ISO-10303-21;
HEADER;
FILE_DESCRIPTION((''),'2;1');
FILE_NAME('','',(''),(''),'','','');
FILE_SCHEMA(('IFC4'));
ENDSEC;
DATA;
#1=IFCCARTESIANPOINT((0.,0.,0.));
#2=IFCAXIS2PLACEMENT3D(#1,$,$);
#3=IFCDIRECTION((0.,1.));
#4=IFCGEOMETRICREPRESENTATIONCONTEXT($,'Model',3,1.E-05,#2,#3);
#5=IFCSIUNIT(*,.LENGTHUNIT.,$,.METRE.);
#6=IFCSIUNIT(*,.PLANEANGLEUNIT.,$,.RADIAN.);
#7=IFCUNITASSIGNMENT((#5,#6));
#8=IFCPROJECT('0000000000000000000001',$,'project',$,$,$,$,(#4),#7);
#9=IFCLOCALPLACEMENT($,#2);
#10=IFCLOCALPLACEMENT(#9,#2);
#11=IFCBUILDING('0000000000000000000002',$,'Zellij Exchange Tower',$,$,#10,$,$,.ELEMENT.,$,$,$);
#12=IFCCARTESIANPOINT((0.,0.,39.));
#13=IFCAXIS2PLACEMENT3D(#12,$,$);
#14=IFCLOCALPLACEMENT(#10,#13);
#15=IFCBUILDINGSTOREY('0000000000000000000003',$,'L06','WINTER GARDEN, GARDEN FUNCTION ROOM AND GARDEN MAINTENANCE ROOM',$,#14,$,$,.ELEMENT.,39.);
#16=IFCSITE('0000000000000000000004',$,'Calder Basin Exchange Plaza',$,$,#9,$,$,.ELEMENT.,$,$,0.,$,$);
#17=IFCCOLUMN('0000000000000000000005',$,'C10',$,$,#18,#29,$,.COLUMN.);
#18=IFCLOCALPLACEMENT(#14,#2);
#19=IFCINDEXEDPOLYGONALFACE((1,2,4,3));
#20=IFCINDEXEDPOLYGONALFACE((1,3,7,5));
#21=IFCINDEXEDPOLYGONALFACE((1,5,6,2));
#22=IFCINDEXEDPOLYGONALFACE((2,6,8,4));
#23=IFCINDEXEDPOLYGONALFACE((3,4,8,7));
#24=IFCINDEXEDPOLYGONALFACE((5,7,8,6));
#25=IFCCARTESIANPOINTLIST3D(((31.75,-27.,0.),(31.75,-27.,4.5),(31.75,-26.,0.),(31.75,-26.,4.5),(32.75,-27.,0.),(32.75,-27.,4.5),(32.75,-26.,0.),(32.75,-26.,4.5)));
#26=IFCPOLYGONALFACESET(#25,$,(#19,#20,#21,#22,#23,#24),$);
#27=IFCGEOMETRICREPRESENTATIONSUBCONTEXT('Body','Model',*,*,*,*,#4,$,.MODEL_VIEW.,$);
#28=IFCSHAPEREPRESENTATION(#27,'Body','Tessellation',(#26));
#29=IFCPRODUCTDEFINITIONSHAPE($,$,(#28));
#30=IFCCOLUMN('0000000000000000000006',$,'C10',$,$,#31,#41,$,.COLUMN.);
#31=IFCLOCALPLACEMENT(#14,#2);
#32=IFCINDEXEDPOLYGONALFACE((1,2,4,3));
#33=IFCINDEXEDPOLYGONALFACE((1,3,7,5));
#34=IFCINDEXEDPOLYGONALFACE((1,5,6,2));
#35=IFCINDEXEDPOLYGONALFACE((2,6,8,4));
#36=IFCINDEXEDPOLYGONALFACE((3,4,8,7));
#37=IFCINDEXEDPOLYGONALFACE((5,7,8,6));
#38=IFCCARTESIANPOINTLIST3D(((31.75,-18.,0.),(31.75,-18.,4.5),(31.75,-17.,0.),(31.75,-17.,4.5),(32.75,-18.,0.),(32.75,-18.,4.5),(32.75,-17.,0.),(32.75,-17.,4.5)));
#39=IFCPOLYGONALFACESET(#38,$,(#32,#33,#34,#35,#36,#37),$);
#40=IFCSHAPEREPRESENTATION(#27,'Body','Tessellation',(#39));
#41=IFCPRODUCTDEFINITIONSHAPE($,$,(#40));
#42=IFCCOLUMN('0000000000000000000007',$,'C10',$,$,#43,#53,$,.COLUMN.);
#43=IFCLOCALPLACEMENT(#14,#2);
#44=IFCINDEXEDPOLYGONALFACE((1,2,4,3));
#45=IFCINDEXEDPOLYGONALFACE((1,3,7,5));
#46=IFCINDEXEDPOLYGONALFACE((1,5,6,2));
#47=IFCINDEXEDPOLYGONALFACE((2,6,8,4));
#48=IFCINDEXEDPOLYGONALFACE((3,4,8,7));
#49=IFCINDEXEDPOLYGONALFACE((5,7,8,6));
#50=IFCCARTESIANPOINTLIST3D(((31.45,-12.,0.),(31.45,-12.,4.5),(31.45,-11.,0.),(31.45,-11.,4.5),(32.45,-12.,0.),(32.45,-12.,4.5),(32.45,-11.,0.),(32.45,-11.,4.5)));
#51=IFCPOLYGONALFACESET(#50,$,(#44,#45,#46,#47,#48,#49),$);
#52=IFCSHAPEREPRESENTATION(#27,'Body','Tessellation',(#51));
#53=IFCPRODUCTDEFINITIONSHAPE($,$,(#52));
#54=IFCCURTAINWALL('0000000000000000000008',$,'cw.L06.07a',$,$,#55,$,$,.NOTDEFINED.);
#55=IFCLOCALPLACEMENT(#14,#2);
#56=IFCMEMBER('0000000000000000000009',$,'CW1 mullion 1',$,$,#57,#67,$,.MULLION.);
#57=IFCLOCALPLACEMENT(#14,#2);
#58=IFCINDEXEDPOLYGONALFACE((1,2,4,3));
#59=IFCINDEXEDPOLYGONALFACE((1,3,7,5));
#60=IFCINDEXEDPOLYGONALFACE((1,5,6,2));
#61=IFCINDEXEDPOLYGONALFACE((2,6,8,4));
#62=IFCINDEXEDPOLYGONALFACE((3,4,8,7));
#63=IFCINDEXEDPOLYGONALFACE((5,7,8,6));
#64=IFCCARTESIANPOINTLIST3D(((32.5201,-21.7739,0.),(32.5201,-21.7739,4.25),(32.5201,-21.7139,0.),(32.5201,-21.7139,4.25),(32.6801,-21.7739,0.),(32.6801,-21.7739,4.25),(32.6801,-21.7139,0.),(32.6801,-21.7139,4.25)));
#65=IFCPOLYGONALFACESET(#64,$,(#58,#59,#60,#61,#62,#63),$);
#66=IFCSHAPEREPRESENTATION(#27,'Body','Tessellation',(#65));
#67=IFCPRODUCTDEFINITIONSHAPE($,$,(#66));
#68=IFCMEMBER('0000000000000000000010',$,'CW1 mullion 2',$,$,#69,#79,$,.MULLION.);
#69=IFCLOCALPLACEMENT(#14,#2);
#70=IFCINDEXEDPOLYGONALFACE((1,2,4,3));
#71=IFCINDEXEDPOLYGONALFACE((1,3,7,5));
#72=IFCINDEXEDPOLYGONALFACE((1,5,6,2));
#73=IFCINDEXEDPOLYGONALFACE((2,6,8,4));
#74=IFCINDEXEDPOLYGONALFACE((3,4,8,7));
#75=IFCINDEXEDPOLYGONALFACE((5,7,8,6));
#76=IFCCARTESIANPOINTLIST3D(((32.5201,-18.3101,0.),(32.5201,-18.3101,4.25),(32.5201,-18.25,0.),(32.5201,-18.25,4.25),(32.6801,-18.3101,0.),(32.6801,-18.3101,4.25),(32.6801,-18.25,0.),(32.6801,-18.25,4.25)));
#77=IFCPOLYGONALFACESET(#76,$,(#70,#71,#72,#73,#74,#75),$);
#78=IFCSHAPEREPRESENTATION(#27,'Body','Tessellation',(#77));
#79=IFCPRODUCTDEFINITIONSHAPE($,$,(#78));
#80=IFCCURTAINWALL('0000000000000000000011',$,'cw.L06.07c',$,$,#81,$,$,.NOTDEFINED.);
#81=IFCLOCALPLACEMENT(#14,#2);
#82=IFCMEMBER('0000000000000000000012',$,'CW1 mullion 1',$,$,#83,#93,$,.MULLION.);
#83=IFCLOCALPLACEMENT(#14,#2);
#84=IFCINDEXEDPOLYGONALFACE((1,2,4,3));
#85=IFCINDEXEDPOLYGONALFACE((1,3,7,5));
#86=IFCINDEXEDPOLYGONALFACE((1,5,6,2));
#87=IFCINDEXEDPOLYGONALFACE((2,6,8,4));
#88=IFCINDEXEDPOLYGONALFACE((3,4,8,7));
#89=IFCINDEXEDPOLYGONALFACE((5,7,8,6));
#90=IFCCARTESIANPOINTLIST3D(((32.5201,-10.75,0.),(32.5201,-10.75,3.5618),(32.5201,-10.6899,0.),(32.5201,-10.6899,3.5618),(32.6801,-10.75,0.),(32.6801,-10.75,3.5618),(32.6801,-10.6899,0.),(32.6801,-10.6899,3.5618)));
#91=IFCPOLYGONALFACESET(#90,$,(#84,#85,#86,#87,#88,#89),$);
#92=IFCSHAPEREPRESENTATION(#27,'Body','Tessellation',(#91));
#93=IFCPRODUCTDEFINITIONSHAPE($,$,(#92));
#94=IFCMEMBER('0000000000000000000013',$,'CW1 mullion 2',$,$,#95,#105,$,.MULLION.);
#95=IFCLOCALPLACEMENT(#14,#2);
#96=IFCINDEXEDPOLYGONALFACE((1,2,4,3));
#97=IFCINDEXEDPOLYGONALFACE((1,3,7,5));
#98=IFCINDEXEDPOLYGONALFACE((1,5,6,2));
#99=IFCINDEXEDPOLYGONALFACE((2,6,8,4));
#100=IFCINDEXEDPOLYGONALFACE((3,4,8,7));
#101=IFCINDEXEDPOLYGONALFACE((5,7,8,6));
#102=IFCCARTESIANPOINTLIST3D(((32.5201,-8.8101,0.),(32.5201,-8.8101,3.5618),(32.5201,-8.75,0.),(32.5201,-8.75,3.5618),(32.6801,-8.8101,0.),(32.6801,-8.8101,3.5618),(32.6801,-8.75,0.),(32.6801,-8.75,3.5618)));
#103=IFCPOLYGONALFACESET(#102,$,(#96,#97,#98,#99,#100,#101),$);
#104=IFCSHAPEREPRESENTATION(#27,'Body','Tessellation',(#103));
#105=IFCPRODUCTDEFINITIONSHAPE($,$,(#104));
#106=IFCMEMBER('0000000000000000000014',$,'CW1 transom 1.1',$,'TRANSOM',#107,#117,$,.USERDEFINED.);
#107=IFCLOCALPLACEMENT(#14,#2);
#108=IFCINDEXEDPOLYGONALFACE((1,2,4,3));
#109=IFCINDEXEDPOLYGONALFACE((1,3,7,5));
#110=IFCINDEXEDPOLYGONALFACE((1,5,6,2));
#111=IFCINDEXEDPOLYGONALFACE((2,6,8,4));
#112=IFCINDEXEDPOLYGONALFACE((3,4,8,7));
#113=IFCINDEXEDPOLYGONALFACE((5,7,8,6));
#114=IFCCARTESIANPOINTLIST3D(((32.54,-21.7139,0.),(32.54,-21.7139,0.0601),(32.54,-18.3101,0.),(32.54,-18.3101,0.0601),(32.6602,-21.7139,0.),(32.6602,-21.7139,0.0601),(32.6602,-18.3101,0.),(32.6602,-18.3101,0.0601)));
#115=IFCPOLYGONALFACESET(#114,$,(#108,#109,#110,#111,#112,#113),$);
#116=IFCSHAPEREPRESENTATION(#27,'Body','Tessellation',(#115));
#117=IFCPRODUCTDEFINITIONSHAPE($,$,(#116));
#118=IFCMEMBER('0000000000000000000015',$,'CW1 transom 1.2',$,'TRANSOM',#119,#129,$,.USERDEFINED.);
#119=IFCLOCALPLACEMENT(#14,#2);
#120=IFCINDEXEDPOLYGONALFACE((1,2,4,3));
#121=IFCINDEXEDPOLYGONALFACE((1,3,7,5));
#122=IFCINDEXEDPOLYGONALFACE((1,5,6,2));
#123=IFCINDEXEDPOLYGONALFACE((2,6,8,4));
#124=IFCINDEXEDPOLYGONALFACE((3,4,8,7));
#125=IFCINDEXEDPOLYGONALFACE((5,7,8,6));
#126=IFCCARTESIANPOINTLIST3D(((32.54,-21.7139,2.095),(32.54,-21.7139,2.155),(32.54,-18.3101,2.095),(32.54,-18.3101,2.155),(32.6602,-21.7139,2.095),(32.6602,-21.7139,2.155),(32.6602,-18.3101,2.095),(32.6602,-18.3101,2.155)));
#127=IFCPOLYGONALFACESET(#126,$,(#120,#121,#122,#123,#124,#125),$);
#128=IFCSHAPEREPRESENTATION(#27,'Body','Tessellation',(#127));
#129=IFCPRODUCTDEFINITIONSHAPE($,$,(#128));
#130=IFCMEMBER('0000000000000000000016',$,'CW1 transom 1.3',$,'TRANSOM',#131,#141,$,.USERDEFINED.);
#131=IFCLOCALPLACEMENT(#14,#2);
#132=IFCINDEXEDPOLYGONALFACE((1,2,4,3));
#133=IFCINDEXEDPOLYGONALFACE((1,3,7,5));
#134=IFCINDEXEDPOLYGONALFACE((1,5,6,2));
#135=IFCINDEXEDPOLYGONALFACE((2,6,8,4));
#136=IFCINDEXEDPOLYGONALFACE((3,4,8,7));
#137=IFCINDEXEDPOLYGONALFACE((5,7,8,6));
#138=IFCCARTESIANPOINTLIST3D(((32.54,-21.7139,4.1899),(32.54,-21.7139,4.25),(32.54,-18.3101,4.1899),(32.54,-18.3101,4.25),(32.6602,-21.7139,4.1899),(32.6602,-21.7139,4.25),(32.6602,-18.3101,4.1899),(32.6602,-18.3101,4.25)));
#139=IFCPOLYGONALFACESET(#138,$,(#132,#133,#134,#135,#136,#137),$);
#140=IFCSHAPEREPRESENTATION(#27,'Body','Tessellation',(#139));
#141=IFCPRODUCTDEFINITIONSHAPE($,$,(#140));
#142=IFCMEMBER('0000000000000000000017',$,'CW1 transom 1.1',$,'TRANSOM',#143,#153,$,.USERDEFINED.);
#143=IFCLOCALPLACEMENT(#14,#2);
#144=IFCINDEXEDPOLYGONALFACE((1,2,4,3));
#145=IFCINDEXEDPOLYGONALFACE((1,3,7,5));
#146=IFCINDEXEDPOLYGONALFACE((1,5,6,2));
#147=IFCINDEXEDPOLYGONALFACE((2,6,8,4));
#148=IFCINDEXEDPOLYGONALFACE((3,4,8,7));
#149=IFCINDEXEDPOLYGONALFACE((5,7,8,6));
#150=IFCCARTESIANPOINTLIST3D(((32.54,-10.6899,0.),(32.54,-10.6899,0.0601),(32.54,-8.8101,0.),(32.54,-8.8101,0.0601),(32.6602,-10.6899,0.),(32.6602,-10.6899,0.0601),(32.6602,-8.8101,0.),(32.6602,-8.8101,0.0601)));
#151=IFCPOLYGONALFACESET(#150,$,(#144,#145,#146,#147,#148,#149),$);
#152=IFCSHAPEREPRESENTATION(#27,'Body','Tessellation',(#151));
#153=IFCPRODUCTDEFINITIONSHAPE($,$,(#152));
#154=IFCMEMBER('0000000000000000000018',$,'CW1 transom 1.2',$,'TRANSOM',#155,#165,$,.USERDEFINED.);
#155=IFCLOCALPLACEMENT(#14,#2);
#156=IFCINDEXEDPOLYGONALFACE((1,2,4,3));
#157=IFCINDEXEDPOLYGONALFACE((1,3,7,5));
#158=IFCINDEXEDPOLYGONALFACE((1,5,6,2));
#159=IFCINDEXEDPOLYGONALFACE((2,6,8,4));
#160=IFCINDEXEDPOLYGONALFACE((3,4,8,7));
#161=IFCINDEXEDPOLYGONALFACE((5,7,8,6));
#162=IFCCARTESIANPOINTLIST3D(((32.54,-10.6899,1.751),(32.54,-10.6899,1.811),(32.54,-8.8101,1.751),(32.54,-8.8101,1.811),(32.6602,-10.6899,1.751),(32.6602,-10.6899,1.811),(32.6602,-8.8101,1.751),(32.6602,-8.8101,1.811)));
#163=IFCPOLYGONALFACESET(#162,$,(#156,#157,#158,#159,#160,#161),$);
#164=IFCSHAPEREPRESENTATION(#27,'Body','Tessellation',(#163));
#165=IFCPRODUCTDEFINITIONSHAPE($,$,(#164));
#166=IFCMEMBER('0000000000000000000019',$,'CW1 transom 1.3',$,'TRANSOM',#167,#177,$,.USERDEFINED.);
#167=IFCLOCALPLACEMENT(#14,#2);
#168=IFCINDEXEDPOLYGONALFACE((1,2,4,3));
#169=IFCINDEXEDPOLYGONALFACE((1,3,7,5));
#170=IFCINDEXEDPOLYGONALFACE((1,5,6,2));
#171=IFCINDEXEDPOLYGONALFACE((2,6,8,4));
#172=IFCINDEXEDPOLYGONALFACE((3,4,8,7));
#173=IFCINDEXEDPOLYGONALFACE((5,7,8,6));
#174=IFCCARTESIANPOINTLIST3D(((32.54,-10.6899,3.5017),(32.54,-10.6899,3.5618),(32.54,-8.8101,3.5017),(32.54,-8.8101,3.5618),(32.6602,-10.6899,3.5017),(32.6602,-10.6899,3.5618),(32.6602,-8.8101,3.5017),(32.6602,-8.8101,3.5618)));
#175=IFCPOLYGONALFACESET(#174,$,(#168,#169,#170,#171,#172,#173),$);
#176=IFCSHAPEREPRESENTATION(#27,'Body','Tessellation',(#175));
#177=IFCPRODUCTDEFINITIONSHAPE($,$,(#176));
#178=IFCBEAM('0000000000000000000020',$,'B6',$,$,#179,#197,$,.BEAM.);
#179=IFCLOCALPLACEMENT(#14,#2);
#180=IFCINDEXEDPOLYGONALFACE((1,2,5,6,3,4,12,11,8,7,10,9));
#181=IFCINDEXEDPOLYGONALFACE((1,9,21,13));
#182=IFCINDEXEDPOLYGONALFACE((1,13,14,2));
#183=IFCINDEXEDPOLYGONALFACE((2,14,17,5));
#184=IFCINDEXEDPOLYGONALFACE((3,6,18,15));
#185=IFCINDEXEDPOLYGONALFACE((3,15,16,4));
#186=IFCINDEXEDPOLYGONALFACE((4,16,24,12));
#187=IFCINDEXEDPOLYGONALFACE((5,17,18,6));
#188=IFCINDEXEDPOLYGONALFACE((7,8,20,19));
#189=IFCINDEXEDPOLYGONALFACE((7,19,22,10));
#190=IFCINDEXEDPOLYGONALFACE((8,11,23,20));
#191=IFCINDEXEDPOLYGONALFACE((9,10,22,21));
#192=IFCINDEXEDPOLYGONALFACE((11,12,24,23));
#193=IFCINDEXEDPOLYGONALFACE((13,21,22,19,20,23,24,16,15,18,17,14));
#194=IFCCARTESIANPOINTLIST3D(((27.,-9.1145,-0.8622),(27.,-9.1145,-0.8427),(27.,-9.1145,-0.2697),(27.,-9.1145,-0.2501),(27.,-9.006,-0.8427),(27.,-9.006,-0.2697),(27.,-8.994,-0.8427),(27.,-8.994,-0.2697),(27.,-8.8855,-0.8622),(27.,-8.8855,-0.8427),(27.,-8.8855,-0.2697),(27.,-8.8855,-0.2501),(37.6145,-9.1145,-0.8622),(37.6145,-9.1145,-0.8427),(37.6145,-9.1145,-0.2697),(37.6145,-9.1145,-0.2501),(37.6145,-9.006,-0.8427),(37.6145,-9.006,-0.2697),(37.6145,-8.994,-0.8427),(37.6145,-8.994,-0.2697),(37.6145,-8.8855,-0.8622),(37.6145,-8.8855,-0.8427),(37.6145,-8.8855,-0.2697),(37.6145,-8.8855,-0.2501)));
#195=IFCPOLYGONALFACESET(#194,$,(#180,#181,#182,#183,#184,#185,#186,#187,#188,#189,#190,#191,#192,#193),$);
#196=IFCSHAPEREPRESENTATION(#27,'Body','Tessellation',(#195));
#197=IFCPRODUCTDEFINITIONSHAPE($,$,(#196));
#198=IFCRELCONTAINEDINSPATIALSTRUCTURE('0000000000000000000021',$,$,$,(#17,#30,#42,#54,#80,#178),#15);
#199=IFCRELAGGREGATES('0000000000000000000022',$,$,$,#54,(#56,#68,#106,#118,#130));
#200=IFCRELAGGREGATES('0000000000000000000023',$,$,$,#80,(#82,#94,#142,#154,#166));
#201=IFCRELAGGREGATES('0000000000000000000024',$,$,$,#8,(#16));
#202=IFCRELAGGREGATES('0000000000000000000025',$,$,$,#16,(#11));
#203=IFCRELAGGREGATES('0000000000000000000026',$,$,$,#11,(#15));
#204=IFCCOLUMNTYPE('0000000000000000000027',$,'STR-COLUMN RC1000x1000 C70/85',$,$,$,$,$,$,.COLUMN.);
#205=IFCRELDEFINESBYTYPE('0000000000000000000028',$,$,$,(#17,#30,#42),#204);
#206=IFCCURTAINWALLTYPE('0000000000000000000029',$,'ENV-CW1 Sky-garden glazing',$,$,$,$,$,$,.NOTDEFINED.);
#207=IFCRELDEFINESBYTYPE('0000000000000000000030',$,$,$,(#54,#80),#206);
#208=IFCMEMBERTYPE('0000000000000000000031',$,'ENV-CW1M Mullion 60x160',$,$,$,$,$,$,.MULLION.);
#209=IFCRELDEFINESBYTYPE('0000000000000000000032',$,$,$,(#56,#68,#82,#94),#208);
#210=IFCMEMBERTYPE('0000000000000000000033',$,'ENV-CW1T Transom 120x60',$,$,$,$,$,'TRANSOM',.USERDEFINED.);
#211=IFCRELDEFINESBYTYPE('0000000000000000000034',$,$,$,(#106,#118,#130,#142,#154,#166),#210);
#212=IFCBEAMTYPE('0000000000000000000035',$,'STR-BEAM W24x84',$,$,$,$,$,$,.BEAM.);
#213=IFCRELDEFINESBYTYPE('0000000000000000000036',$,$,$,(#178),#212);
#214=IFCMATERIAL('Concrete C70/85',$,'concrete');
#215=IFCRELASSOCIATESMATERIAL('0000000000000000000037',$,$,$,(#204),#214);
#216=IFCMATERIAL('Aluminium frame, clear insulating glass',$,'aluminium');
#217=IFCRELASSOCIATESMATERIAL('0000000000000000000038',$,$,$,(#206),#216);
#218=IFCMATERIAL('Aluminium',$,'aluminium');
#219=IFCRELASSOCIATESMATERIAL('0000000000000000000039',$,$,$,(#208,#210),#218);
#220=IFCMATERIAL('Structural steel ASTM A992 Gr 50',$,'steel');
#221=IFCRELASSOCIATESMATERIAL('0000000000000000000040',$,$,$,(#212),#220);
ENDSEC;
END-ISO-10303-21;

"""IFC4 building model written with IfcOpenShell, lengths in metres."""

from ifc_helpers import new_model, si_unit, direction, frame, origin, origin_2d, place, context, subcontext, project, spatial, rectangle, i_section, extrude, material, material_profile, profile_set, type_object, element, aggregate, save


model = new_model("IFC4")

# Units and contexts
model_context = context("Model", 3, precision=1e-05, world=origin(), true_north=direction((0.0, 1.0)))
body_context = subcontext(model_context, "Body", "Model", "MODEL_VIEW")
ifc_project = project(units=[si_unit("LENGTHUNIT", "METRE"), si_unit("PLANEANGLEUNIT", "RADIAN")], contexts=[model_context])

# Site, building, storey
site_placement = place(None, origin())
site = spatial("IfcSite", under=ifc_project, at=site_placement, Name="Calder Basin Exchange Plaza", CompositionType="ELEMENT", RefElevation=0.0)
building_placement = place(site_placement, origin())
building = spatial("IfcBuilding", under=site, at=building_placement, Name="Zellij Exchange Tower", CompositionType="ELEMENT")
storey_placement = place(building_placement, frame((0.0, 0.0, 39.0)))
storey = spatial("IfcBuildingStorey", under=building, at=storey_placement, Name="L06", Description="WINTER GARDEN, GARDEN FUNCTION ROOM AND GARDEN MAINTENANCE ROOM", CompositionType="ELEMENT", Elevation=39.0)

# Columns
ifc_material_1 = material(Name="Concrete C70/85", Category="concrete")
ifc_material_profile_1 = material_profile(ifc_material_1, rectangle(XDim=1.0, YDim=1.0, at=origin_2d()), Name="STR-COLUMN RC1000x1000 C70/85")
ifc_profile_set_1 = profile_set([ifc_material_profile_1], Name="Concrete C70/85")
column_type = type_object("IfcColumnType", Name="STR-COLUMN RC1000x1000 C70/85", PredefinedType="COLUMN", material=ifc_profile_set_1)
for number, where, z_axis, x_axis, name in (
    (1, (32.25, -26.5, 0.0), (0.0, 0.0, 1.0), (1.0, 0.0, 0.0), "C10"),
    (2, (32.25, -17.5, 0.0), (0.0, 0.0, 1.0), (1.0, 0.0, 0.0), "C10"),
    (3, (31.95, -11.5, 0.0), (0.0, 0.0, 1.0), (1.0, 0.0, 0.0), "C10"),
):
    element("IfcColumn", number, at=place(storey_placement, frame(where, z_axis=z_axis, x_axis=x_axis)), inside=storey, type_object=column_type, Name=name, PredefinedType="COLUMN", context=body_context, shape_type="SweptSolid", body=[
        extrude(rectangle(XDim=1.0, YDim=1.0, at=origin_2d()), origin(), (0.0, 0.0, 1.0), 4.5),
    ])

# Curtain walls, members
ifc_material_2 = material(Name="Aluminium frame, clear insulating glass", Category="aluminium")
curtain_wall_type = type_object("IfcCurtainWallType", Name="ENV-CW1 Sky-garden glazing", PredefinedType="NOTDEFINED", material=ifc_material_2)
curtain_wall_1_placement = place(storey_placement, origin())
curtain_wall_1 = element("IfcCurtainWall", 4, at=curtain_wall_1_placement, inside=storey, type_object=curtain_wall_type, Name="cw.L06.07a", PredefinedType="NOTDEFINED")
ifc_material_3 = material(Name="Aluminium", Category="aluminium")
ifc_material_profile_2 = material_profile(ifc_material_3, rectangle(XDim=0.0601, YDim=0.1599, at=origin_2d()), Name="AL 60x160")
ifc_profile_set_2 = profile_set([ifc_material_profile_2], Name="Aluminium")
member_type_1 = type_object("IfcMemberType", Name="ENV-CW1M Mullion 60x160", PredefinedType="MULLION", material=ifc_profile_set_2)
member_1_placement = place(storey_placement, frame((32.6001, -21.7439, 0.0), z_axis=(0.0, 0.0, 1.0), x_axis=(0.0, 1.0, 0.0)))
member_1 = element("IfcMember", 5, at=member_1_placement, type_object=member_type_1, Name="CW1 mullion 1", PredefinedType="MULLION", context=body_context, shape_type="SweptSolid", body=[
    extrude(rectangle(XDim=0.0601, YDim=0.1599, at=origin_2d()), origin(), (0.0, 0.0, 1.0), 4.25),
])
member_2_placement = place(storey_placement, frame((32.6001, -18.28, 0.0), z_axis=(0.0, 0.0, 1.0), x_axis=(0.0, 1.0, 0.0)))
member_2 = element("IfcMember", 6, at=member_2_placement, type_object=member_type_1, Name="CW1 mullion 2", PredefinedType="MULLION", context=body_context, shape_type="SweptSolid", body=[
    extrude(rectangle(XDim=0.0601, YDim=0.1599, at=origin_2d()), origin(), (0.0, 0.0, 1.0), 4.25),
])
curtain_wall_2_placement = place(storey_placement, origin())
curtain_wall_2 = element("IfcCurtainWall", 7, at=curtain_wall_2_placement, inside=storey, type_object=curtain_wall_type, Name="cw.L06.07c", PredefinedType="NOTDEFINED")
member_3_placement = place(storey_placement, frame((32.6001, -10.72, 0.0), z_axis=(0.0, 0.0, 1.0), x_axis=(0.0, 1.0, 0.0)))
member_3 = element("IfcMember", 8, at=member_3_placement, type_object=member_type_1, Name="CW1 mullion 1", PredefinedType="MULLION", context=body_context, shape_type="SweptSolid", body=[
    extrude(rectangle(XDim=0.0601, YDim=0.1599, at=origin_2d()), origin(), (0.0, 0.0, 1.0), 3.5618),
])
member_4_placement = place(storey_placement, frame((32.6001, -8.78, 0.0), z_axis=(0.0, 0.0, 1.0), x_axis=(0.0, 1.0, 0.0)))
member_4 = element("IfcMember", 9, at=member_4_placement, type_object=member_type_1, Name="CW1 mullion 2", PredefinedType="MULLION", context=body_context, shape_type="SweptSolid", body=[
    extrude(rectangle(XDim=0.0601, YDim=0.1599, at=origin_2d()), origin(), (0.0, 0.0, 1.0), 3.5618),
])

# Members
ifc_material_profile_3 = material_profile(ifc_material_3, rectangle(XDim=0.1201, YDim=0.0601, at=origin_2d()), Name="AL 120x60")
ifc_profile_set_3 = profile_set([ifc_material_profile_3], Name="Aluminium")
member_type_2 = type_object("IfcMemberType", Name="ENV-CW1T Transom 120x60", ElementType="TRANSOM", PredefinedType="USERDEFINED", material=ifc_profile_set_3)
member_5_placement = place(storey_placement, frame((32.6001, -21.7139, 0.03), z_axis=(0.0, 1.0, 0.0), x_axis=(-1.0, 0.0, 0.0)))
member_5 = element("IfcMember", 10, at=member_5_placement, type_object=member_type_2, Name="CW1 transom 1.1", ObjectType="TRANSOM", PredefinedType="USERDEFINED", context=body_context, shape_type="SweptSolid", body=[
    extrude(rectangle(XDim=0.1201, YDim=0.0601, at=origin_2d()), origin(), (0.0, 0.0, 1.0), 3.4038),
])
member_6_placement = place(storey_placement, frame((32.6001, -21.7139, 2.125), z_axis=(0.0, 1.0, 0.0), x_axis=(-1.0, 0.0, 0.0)))
member_6 = element("IfcMember", 11, at=member_6_placement, type_object=member_type_2, Name="CW1 transom 1.2", ObjectType="TRANSOM", PredefinedType="USERDEFINED", context=body_context, shape_type="SweptSolid", body=[
    extrude(rectangle(XDim=0.1201, YDim=0.0601, at=origin_2d()), origin(), (0.0, 0.0, 1.0), 3.4038),
])
member_7_placement = place(storey_placement, frame((32.6001, -21.7139, 4.22), z_axis=(0.0, 1.0, 0.0), x_axis=(-1.0, 0.0, 0.0)))
member_7 = element("IfcMember", 12, at=member_7_placement, type_object=member_type_2, Name="CW1 transom 1.3", ObjectType="TRANSOM", PredefinedType="USERDEFINED", context=body_context, shape_type="SweptSolid", body=[
    extrude(rectangle(XDim=0.1201, YDim=0.0601, at=origin_2d()), origin(), (0.0, 0.0, 1.0), 3.4038),
])
member_8_placement = place(storey_placement, frame((32.6001, -10.6899, 0.03), z_axis=(0.0, 1.0, 0.0), x_axis=(-1.0, 0.0, 0.0)))
member_8 = element("IfcMember", 13, at=member_8_placement, type_object=member_type_2, Name="CW1 transom 1.1", ObjectType="TRANSOM", PredefinedType="USERDEFINED", context=body_context, shape_type="SweptSolid", body=[
    extrude(rectangle(XDim=0.1201, YDim=0.0601, at=origin_2d()), origin(), (0.0, 0.0, 1.0), 1.8799),
])
member_9_placement = place(storey_placement, frame((32.6001, -10.6899, 1.781), z_axis=(0.0, 1.0, 0.0), x_axis=(-1.0, 0.0, 0.0)))
member_9 = element("IfcMember", 14, at=member_9_placement, type_object=member_type_2, Name="CW1 transom 1.2", ObjectType="TRANSOM", PredefinedType="USERDEFINED", context=body_context, shape_type="SweptSolid", body=[
    extrude(rectangle(XDim=0.1201, YDim=0.0601, at=origin_2d()), origin(), (0.0, 0.0, 1.0), 1.8799),
])
member_10_placement = place(storey_placement, frame((32.6001, -10.6899, 3.5317), z_axis=(0.0, 1.0, 0.0), x_axis=(-1.0, 0.0, 0.0)))
member_10 = element("IfcMember", 15, at=member_10_placement, type_object=member_type_2, Name="CW1 transom 1.3", ObjectType="TRANSOM", PredefinedType="USERDEFINED", context=body_context, shape_type="SweptSolid", body=[
    extrude(rectangle(XDim=0.1201, YDim=0.0601, at=origin_2d()), origin(), (0.0, 0.0, 1.0), 1.8799),
])

# Beam
ifc_material_4 = material(Name="Structural steel ASTM A992 Gr 50", Category="steel")
ifc_material_profile_4 = material_profile(ifc_material_4, i_section(OverallWidth=0.229, OverallDepth=0.6121, WebThickness=0.012, FlangeThickness=0.0195, at=origin_2d()), Name="W24x84")
ifc_profile_set_4 = profile_set([ifc_material_profile_4], Name="Structural steel ASTM A992 Gr 50")
beam_type_1 = type_object("IfcBeamType", Name="STR-BEAM W24x84", PredefinedType="BEAM", material=ifc_profile_set_4)
beam_1_placement = place(storey_placement, frame((27.0, -9.0, -0.5562), z_axis=(1.0, 0.0, 0.0), x_axis=(0.0, 1.0, 0.0)))
element("IfcBeam", 16, at=beam_1_placement, inside=storey, type_object=beam_type_1, Name="B6", PredefinedType="BEAM", context=body_context, shape_type="SweptSolid", body=[
    extrude(i_section(OverallWidth=0.229, OverallDepth=0.6121, WebThickness=0.012, FlangeThickness=0.0195, at=origin_2d()), origin(), (0.0, 0.0, 1.0), 10.6145),
])

aggregate(curtain_wall_1, [member_1, member_2, member_5, member_6, member_7])
aggregate(curtain_wall_2, [member_3, member_4, member_8, member_9, member_10])

save(model, "model.ifc")
